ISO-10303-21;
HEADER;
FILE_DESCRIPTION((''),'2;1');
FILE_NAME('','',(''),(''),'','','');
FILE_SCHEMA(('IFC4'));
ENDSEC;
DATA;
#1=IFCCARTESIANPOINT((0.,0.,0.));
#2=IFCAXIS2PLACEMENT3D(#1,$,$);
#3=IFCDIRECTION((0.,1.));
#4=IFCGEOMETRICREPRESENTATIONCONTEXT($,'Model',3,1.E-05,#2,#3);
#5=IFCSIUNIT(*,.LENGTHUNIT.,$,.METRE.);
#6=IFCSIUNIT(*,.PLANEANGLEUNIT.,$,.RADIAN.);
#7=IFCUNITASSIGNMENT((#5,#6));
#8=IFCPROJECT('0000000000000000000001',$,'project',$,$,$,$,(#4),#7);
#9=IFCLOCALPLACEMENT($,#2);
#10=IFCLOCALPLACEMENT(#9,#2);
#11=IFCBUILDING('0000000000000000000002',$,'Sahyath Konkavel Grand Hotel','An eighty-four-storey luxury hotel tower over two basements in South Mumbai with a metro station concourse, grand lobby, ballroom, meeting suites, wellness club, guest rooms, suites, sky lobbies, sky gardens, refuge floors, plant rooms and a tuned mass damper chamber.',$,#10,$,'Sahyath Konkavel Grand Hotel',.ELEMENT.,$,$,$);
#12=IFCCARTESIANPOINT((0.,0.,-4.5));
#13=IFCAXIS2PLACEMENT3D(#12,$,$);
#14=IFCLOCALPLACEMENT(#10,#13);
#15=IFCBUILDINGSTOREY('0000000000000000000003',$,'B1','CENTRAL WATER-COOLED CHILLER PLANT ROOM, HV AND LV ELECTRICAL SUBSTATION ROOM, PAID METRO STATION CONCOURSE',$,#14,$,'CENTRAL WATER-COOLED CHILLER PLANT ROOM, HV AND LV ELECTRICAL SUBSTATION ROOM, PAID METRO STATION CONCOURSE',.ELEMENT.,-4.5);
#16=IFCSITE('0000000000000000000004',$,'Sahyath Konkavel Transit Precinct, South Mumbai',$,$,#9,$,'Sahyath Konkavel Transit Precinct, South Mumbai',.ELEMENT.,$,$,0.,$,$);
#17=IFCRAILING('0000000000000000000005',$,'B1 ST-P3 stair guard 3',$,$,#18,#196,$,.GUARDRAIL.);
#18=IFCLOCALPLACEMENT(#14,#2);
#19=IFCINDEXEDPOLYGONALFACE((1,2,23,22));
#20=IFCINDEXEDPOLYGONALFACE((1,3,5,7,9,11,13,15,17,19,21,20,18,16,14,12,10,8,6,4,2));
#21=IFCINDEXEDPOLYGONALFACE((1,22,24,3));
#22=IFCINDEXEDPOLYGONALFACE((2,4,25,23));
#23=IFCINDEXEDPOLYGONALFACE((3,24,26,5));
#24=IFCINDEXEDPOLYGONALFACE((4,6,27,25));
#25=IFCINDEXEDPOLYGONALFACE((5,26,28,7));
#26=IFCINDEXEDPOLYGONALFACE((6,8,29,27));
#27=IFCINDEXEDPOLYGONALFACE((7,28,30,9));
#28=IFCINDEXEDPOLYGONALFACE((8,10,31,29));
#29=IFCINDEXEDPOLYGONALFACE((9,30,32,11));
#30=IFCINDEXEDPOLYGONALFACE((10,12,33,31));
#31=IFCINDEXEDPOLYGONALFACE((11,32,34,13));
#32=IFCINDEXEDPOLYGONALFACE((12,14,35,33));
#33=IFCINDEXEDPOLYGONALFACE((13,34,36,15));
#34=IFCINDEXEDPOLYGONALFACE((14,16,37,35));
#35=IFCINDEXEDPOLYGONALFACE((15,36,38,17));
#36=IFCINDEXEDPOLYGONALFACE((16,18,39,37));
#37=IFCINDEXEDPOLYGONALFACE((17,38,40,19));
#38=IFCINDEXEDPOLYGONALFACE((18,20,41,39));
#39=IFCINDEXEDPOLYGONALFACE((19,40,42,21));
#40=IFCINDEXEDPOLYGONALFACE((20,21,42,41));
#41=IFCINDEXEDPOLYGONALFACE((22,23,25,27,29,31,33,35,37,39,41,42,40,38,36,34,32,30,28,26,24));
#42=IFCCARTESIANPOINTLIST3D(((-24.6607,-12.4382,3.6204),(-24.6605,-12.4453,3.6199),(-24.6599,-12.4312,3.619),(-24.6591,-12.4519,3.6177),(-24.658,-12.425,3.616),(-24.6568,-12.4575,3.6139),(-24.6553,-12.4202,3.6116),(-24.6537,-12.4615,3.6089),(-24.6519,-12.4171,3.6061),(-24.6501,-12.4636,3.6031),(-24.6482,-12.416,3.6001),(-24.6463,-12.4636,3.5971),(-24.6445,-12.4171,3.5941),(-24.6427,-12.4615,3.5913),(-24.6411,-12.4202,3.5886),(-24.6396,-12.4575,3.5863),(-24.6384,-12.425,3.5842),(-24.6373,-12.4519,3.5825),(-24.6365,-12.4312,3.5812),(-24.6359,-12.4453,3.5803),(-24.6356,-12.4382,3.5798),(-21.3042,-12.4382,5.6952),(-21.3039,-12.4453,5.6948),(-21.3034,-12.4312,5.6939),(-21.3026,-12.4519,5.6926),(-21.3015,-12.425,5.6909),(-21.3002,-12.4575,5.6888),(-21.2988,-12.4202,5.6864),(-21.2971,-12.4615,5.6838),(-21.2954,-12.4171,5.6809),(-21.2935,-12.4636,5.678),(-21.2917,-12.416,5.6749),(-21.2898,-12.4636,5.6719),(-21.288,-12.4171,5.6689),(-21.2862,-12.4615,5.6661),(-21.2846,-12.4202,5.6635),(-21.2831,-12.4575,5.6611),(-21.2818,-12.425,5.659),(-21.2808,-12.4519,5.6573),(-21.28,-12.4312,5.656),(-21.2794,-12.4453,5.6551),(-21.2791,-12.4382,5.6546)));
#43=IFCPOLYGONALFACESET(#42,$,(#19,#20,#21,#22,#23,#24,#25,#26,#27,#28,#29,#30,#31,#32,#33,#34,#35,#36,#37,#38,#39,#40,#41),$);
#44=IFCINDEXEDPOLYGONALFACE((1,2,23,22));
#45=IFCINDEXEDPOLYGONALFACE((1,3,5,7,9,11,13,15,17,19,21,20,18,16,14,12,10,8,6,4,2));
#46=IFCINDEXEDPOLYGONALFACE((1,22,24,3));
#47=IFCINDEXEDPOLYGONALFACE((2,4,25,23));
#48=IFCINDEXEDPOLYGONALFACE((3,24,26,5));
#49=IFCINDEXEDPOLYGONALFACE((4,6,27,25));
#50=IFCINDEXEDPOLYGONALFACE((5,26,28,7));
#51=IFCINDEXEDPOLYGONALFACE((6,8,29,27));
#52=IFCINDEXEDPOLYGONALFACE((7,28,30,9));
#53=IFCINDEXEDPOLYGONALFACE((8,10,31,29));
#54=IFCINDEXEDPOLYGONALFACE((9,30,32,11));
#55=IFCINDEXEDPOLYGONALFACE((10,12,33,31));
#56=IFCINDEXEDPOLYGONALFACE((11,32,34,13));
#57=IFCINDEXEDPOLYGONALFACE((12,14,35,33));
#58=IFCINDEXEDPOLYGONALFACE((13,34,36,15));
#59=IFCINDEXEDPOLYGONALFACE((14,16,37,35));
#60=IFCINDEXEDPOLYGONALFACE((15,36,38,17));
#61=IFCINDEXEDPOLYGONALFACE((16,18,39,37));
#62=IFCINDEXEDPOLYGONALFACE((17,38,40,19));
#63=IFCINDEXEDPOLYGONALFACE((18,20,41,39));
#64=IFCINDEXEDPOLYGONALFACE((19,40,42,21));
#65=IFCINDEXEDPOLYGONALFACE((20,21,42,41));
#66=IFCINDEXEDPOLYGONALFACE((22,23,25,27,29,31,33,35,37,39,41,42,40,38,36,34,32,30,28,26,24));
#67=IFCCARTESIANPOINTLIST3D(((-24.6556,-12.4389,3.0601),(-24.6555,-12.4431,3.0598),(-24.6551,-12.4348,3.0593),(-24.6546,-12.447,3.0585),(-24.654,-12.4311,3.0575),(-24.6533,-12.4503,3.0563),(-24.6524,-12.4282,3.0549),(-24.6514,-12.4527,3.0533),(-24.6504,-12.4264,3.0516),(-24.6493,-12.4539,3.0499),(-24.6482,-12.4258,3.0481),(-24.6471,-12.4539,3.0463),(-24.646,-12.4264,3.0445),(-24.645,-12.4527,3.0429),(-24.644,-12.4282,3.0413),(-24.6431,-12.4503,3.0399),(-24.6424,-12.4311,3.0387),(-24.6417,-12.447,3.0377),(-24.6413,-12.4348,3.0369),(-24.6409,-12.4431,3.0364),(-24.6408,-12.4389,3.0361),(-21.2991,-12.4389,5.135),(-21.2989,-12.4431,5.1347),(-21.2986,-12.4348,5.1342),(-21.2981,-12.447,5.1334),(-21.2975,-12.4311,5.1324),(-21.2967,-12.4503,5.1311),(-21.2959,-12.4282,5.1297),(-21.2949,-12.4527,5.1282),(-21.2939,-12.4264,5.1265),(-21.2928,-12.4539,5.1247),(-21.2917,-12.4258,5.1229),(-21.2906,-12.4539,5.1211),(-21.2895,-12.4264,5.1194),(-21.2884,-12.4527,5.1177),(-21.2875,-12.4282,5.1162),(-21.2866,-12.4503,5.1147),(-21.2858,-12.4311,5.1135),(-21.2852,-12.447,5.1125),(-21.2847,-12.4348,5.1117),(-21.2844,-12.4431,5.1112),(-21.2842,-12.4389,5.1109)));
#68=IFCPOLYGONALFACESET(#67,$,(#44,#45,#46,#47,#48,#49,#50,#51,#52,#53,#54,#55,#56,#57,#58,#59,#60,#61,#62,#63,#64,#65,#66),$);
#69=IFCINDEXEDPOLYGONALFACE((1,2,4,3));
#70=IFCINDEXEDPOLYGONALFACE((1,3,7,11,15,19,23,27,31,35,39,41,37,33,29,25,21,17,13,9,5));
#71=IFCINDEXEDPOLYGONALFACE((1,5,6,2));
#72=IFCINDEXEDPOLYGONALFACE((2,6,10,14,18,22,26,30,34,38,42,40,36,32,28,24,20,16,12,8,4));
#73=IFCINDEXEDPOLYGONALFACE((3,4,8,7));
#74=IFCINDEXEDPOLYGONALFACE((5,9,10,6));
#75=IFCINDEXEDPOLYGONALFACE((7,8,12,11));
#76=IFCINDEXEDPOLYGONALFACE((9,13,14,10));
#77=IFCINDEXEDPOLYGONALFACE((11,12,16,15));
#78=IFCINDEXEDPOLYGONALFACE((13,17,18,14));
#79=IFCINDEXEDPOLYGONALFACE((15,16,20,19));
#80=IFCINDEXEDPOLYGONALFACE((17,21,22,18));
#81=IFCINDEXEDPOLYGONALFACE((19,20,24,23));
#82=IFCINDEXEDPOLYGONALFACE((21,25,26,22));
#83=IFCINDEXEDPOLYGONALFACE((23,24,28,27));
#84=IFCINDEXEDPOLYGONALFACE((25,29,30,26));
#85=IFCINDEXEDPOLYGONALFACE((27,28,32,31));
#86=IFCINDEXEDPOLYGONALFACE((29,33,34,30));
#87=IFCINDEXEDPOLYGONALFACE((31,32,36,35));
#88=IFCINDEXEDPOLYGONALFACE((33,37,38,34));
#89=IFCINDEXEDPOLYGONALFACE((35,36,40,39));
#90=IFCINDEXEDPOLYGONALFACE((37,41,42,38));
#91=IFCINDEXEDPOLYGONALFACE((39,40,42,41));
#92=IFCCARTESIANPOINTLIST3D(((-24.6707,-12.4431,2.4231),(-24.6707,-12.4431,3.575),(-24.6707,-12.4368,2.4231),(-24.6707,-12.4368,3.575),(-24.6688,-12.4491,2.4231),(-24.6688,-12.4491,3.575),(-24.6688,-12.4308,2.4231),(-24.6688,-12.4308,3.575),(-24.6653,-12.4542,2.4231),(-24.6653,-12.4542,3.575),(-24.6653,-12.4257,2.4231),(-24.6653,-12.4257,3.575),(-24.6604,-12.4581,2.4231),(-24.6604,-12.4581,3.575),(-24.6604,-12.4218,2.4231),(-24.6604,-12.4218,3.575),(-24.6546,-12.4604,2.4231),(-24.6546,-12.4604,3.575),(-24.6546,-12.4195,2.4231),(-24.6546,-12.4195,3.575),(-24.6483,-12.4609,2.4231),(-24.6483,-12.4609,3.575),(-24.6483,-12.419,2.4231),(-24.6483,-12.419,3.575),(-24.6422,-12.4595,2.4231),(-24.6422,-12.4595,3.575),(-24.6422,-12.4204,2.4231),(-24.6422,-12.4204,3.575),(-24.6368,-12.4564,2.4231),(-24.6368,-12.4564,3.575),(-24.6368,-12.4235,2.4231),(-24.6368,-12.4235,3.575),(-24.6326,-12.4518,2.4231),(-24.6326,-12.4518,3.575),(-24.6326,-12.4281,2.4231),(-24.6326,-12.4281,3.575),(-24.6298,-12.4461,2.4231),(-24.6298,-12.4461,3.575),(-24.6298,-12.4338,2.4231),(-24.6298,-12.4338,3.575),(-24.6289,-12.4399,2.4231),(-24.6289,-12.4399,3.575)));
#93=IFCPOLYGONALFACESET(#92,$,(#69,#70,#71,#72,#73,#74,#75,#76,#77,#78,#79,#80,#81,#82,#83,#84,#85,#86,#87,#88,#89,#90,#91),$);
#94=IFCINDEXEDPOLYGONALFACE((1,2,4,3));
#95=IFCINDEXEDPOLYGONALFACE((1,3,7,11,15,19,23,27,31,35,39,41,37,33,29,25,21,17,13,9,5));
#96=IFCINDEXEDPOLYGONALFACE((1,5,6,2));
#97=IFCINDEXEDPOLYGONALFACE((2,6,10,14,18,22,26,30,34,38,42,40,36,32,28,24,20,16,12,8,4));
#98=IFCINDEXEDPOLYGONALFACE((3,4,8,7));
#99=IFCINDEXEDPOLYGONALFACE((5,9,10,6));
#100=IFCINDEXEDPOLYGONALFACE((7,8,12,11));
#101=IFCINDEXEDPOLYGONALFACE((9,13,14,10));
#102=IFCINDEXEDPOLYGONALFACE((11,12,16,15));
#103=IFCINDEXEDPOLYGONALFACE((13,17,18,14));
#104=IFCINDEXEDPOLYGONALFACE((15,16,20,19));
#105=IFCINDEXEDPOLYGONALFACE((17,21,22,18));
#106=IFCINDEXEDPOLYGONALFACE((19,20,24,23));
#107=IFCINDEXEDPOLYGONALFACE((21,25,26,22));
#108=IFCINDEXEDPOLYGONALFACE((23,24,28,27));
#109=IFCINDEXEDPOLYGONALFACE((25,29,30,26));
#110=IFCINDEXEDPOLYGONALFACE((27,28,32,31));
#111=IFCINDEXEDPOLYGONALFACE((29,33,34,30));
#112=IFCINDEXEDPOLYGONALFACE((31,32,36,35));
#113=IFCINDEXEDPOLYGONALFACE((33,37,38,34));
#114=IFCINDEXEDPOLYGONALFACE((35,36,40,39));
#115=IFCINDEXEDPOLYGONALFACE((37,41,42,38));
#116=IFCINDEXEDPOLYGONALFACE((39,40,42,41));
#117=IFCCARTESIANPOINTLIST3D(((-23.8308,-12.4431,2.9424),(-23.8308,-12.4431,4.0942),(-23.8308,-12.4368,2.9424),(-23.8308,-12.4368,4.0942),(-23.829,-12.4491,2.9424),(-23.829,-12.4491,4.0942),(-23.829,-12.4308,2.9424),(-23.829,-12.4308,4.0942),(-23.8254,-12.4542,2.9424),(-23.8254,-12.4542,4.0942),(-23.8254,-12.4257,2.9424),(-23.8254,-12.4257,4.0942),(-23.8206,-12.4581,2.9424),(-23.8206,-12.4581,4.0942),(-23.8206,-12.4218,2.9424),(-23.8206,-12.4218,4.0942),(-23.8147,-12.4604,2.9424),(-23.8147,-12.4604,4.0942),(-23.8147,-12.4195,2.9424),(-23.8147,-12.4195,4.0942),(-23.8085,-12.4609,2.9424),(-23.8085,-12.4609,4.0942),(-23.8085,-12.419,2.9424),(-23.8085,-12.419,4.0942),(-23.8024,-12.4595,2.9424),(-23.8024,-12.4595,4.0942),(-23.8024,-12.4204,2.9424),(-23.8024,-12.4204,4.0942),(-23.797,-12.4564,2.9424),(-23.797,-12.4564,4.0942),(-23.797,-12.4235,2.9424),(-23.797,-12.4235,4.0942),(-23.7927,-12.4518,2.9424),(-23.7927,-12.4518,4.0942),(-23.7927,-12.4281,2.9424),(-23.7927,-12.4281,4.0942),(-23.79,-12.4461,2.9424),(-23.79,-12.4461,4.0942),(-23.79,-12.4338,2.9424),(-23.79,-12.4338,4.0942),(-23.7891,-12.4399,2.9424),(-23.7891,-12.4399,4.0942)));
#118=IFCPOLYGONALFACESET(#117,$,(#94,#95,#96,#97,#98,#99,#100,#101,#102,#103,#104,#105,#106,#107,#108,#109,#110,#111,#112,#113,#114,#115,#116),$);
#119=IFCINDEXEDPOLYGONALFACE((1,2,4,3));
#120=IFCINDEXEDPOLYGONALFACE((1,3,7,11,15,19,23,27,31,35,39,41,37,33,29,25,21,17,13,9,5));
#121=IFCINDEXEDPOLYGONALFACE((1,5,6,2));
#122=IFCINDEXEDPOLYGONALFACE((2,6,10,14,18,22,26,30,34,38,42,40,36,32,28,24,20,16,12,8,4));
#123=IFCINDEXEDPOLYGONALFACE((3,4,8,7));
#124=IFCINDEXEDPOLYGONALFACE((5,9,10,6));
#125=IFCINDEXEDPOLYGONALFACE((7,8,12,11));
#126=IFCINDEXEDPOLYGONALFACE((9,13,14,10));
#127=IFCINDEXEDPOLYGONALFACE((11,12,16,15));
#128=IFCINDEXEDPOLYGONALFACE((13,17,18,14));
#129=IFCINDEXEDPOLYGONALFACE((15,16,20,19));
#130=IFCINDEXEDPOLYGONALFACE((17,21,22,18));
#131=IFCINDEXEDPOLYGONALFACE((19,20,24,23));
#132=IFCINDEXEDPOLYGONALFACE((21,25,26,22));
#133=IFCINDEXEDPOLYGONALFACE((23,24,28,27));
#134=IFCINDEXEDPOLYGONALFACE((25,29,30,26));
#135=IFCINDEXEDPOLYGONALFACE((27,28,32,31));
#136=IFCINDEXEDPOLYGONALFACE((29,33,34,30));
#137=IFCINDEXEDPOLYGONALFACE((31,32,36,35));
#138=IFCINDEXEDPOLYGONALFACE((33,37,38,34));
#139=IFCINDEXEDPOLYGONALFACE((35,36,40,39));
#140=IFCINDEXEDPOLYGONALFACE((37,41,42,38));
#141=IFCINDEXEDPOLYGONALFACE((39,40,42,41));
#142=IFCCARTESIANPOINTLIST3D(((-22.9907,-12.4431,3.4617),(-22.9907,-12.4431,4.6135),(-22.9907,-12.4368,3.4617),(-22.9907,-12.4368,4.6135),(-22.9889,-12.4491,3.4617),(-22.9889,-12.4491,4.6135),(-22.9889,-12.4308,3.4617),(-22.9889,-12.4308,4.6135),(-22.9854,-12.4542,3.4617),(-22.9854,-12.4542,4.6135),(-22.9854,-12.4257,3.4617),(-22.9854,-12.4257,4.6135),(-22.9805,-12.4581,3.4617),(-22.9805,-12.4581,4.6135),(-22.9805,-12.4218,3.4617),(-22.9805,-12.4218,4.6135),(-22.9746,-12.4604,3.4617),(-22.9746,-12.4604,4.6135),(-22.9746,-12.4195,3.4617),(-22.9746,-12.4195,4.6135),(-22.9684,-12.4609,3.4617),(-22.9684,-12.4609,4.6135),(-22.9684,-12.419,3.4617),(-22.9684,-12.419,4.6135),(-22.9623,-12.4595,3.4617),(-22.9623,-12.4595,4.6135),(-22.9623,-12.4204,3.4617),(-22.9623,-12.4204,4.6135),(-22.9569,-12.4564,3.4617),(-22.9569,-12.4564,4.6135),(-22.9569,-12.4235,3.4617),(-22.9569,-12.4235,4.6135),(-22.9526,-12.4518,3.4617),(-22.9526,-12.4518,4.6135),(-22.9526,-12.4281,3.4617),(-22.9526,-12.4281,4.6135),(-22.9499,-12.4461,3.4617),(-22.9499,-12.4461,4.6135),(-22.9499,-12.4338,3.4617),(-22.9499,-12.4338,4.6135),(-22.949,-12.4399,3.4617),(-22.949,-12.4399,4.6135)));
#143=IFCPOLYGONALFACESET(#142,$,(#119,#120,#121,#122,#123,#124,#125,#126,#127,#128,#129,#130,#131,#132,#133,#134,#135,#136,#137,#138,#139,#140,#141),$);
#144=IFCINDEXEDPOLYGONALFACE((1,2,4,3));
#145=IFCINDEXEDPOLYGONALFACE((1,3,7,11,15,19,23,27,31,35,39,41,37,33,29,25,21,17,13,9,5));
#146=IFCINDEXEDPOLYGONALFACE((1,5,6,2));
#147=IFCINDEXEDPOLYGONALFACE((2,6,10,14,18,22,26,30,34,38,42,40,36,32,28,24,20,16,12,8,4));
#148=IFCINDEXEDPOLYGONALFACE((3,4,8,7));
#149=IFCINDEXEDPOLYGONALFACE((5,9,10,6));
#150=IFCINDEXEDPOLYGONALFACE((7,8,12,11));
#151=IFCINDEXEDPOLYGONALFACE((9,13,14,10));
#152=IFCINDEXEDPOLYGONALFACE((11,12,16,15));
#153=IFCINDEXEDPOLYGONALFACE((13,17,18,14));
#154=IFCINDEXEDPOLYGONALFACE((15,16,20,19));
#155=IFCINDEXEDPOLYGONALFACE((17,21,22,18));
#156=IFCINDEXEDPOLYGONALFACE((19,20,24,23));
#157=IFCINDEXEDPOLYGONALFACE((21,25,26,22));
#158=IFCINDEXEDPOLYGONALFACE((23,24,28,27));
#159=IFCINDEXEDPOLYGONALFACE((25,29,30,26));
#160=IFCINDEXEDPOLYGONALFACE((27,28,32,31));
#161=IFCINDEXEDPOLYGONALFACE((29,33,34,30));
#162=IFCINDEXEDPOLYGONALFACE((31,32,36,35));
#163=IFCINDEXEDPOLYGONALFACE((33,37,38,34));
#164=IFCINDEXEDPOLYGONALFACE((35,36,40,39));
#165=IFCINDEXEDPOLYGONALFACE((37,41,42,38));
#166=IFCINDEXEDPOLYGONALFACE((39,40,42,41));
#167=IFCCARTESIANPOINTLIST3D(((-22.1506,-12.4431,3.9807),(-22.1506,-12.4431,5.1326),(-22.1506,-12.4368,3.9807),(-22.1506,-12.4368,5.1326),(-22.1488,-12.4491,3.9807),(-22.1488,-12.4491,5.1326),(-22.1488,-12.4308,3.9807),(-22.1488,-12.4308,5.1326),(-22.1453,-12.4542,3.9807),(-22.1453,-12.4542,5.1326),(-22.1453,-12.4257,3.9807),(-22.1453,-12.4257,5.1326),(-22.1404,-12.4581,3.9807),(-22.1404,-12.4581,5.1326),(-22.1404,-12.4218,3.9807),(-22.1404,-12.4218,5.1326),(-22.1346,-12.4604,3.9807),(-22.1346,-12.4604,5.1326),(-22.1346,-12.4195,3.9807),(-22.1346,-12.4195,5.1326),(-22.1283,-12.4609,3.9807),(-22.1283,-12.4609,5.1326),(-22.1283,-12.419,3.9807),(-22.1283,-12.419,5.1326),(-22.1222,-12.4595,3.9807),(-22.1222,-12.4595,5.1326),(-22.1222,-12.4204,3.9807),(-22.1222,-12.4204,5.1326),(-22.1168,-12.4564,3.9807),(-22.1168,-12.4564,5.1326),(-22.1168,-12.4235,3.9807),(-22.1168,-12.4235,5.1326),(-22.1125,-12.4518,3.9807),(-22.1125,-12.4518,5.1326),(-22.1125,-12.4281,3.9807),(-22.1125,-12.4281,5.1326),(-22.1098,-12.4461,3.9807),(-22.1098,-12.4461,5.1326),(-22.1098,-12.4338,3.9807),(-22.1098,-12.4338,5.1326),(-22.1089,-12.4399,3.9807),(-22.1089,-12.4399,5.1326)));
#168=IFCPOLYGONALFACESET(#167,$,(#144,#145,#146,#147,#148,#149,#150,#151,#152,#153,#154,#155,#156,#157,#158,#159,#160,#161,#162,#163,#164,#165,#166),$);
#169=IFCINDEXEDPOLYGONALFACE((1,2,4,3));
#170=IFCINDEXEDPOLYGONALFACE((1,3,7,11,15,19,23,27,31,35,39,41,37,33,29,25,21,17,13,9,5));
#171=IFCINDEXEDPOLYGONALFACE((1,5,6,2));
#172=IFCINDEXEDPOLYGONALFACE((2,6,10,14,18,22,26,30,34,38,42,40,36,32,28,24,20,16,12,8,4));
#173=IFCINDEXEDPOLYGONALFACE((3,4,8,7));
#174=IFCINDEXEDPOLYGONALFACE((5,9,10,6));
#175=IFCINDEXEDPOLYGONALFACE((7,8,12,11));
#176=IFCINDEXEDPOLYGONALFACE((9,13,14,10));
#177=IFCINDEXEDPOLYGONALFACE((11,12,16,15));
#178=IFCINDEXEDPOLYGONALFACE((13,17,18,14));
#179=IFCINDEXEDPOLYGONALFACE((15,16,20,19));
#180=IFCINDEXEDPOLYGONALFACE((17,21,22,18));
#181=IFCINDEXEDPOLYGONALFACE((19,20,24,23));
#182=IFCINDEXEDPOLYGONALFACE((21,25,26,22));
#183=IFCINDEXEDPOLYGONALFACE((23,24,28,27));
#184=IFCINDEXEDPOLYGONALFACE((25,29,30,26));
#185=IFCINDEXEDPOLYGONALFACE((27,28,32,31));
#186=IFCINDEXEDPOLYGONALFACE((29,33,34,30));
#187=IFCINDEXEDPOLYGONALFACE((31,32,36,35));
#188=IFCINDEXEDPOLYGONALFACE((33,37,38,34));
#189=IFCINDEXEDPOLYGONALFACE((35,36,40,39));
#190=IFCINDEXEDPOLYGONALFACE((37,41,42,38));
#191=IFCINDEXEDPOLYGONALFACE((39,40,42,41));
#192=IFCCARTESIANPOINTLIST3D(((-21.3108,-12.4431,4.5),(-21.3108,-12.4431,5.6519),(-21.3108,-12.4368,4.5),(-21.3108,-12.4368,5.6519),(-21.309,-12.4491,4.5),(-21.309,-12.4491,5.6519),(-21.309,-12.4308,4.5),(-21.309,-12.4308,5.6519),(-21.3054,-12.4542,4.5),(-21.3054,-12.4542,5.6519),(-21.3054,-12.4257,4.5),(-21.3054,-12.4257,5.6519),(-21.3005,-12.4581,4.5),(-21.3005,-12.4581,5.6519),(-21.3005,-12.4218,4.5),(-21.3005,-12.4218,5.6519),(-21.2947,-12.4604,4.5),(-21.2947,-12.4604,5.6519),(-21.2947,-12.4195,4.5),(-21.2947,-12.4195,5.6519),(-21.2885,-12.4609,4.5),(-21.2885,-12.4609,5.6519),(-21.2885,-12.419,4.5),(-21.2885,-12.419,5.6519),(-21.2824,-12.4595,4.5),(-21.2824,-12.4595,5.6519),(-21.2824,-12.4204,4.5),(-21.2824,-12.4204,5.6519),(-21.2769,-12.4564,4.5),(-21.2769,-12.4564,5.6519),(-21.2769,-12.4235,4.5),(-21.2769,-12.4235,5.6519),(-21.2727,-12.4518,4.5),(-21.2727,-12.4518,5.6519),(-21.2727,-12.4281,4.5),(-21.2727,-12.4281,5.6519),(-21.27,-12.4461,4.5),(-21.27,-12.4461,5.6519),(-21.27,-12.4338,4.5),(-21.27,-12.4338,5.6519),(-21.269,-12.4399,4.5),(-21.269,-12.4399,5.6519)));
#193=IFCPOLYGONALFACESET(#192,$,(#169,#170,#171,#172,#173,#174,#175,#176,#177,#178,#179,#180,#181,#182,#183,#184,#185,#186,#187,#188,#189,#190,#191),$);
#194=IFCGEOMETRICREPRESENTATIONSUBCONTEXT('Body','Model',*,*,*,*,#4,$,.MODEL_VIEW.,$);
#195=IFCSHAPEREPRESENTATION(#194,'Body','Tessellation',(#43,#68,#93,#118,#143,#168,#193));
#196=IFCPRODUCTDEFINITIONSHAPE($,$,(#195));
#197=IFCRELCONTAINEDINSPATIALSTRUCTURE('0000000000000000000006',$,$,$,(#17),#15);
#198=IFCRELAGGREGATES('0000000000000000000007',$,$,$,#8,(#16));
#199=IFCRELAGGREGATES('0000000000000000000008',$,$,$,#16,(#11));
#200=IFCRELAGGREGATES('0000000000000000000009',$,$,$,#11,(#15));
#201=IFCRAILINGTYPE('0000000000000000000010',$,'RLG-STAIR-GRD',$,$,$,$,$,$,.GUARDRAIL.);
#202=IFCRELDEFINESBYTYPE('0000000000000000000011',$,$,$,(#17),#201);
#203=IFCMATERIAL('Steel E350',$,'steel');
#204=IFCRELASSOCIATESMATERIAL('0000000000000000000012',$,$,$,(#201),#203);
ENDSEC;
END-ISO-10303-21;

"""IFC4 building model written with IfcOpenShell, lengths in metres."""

from ifc_helpers import new_model, si_unit, direction, frame, origin, origin_2d, place, context, subcontext, project, spatial, circle, extrude, material, type_object, element, save


model = new_model("IFC4")

# Units and contexts
model_context = context("Model", 3, precision=1e-05, world=origin(), true_north=direction((0.0, 1.0)))
body_context = subcontext(model_context, "Body", "Model", "MODEL_VIEW")
ifc_project = project(units=[si_unit("LENGTHUNIT", "METRE"), si_unit("PLANEANGLEUNIT", "RADIAN")], contexts=[model_context])

# Site, building, storey
site_placement = place(None, origin())
site = spatial("IfcSite", under=ifc_project, at=site_placement, Name="Sahyath Konkavel Transit Precinct, South Mumbai", LongName="Sahyath Konkavel Transit Precinct, South Mumbai", CompositionType="ELEMENT", RefElevation=0.0)
building_placement = place(site_placement, origin())
building = spatial("IfcBuilding", under=site, at=building_placement, Name="Sahyath Konkavel Grand Hotel", Description="An eighty-four-storey luxury hotel tower over two basements in South Mumbai with a metro station concourse, grand lobby, ballroom, meeting suites, wellness club, guest rooms, suites, sky lobbies, sky gardens, refuge floors, plant rooms and a tuned mass damper chamber.", LongName="Sahyath Konkavel Grand Hotel", CompositionType="ELEMENT")
storey_placement = place(building_placement, frame((0.0, 0.0, -4.5)))
storey = spatial("IfcBuildingStorey", under=building, at=storey_placement, Name="B1", Description="CENTRAL WATER-COOLED CHILLER PLANT ROOM, HV AND LV ELECTRICAL SUBSTATION ROOM, PAID METRO STATION CONCOURSE", LongName="CENTRAL WATER-COOLED CHILLER PLANT ROOM, HV AND LV ELECTRICAL SUBSTATION ROOM, PAID METRO STATION CONCOURSE", CompositionType="ELEMENT", Elevation=-4.5)

# Shared definitions
ifc_material_1 = material(Name="Steel E350", Category="steel")

# Railing
railing_type_1 = type_object("IfcRailingType", Name="RLG-STAIR-GRD", PredefinedType="GUARDRAIL", material=ifc_material_1)
railing_1_placement = place(storey_placement, frame((-24.6499, -12.4399, 2.4231)))
element("IfcRailing", 1, at=railing_1_placement, inside=storey, type_object=railing_type_1, Name="B1 ST-P3 stair guard 3", PredefinedType="GUARDRAIL", context=body_context, shape_type="SweptSolid", body=[
    extrude(circle(Radius=0.0239, at=origin_2d()), frame((0.0017, 0.0, 1.177), z_axis=(0.850606, 0.0, 0.525803), x_axis=(0.0, 1.0, 0.0)), (0.0, 0.0, 1.0), 3.946),
    extrude(circle(Radius=0.0142, at=origin_2d()), frame((0.0017, 0.0, 0.625), z_axis=(0.850606, 0.0, 0.525803), x_axis=(0.0, 1.0, 0.0)), (0.0, 0.0, 1.0), 3.946),
    extrude(circle(Radius=0.021, at=origin_2d()), origin(), (0.0, 0.0, 1.0), 1.1519),
    extrude(circle(Radius=0.021, at=origin_2d()), frame((0.8398, 0.0, 0.5193)), (0.0, 0.0, 1.0), 1.1519),
    extrude(circle(Radius=0.021, at=origin_2d()), frame((1.6799, 0.0, 1.0386)), (0.0, 0.0, 1.0), 1.1519),
    extrude(circle(Radius=0.021, at=origin_2d()), frame((2.52, 0.0, 1.5576)), (0.0, 0.0, 1.0), 1.1519),
    extrude(circle(Radius=0.021, at=origin_2d()), frame((3.3599, 0.0, 2.0769)), (0.0, 0.0, 1.0), 1.1519),
])

save(model, "model.ifc")
